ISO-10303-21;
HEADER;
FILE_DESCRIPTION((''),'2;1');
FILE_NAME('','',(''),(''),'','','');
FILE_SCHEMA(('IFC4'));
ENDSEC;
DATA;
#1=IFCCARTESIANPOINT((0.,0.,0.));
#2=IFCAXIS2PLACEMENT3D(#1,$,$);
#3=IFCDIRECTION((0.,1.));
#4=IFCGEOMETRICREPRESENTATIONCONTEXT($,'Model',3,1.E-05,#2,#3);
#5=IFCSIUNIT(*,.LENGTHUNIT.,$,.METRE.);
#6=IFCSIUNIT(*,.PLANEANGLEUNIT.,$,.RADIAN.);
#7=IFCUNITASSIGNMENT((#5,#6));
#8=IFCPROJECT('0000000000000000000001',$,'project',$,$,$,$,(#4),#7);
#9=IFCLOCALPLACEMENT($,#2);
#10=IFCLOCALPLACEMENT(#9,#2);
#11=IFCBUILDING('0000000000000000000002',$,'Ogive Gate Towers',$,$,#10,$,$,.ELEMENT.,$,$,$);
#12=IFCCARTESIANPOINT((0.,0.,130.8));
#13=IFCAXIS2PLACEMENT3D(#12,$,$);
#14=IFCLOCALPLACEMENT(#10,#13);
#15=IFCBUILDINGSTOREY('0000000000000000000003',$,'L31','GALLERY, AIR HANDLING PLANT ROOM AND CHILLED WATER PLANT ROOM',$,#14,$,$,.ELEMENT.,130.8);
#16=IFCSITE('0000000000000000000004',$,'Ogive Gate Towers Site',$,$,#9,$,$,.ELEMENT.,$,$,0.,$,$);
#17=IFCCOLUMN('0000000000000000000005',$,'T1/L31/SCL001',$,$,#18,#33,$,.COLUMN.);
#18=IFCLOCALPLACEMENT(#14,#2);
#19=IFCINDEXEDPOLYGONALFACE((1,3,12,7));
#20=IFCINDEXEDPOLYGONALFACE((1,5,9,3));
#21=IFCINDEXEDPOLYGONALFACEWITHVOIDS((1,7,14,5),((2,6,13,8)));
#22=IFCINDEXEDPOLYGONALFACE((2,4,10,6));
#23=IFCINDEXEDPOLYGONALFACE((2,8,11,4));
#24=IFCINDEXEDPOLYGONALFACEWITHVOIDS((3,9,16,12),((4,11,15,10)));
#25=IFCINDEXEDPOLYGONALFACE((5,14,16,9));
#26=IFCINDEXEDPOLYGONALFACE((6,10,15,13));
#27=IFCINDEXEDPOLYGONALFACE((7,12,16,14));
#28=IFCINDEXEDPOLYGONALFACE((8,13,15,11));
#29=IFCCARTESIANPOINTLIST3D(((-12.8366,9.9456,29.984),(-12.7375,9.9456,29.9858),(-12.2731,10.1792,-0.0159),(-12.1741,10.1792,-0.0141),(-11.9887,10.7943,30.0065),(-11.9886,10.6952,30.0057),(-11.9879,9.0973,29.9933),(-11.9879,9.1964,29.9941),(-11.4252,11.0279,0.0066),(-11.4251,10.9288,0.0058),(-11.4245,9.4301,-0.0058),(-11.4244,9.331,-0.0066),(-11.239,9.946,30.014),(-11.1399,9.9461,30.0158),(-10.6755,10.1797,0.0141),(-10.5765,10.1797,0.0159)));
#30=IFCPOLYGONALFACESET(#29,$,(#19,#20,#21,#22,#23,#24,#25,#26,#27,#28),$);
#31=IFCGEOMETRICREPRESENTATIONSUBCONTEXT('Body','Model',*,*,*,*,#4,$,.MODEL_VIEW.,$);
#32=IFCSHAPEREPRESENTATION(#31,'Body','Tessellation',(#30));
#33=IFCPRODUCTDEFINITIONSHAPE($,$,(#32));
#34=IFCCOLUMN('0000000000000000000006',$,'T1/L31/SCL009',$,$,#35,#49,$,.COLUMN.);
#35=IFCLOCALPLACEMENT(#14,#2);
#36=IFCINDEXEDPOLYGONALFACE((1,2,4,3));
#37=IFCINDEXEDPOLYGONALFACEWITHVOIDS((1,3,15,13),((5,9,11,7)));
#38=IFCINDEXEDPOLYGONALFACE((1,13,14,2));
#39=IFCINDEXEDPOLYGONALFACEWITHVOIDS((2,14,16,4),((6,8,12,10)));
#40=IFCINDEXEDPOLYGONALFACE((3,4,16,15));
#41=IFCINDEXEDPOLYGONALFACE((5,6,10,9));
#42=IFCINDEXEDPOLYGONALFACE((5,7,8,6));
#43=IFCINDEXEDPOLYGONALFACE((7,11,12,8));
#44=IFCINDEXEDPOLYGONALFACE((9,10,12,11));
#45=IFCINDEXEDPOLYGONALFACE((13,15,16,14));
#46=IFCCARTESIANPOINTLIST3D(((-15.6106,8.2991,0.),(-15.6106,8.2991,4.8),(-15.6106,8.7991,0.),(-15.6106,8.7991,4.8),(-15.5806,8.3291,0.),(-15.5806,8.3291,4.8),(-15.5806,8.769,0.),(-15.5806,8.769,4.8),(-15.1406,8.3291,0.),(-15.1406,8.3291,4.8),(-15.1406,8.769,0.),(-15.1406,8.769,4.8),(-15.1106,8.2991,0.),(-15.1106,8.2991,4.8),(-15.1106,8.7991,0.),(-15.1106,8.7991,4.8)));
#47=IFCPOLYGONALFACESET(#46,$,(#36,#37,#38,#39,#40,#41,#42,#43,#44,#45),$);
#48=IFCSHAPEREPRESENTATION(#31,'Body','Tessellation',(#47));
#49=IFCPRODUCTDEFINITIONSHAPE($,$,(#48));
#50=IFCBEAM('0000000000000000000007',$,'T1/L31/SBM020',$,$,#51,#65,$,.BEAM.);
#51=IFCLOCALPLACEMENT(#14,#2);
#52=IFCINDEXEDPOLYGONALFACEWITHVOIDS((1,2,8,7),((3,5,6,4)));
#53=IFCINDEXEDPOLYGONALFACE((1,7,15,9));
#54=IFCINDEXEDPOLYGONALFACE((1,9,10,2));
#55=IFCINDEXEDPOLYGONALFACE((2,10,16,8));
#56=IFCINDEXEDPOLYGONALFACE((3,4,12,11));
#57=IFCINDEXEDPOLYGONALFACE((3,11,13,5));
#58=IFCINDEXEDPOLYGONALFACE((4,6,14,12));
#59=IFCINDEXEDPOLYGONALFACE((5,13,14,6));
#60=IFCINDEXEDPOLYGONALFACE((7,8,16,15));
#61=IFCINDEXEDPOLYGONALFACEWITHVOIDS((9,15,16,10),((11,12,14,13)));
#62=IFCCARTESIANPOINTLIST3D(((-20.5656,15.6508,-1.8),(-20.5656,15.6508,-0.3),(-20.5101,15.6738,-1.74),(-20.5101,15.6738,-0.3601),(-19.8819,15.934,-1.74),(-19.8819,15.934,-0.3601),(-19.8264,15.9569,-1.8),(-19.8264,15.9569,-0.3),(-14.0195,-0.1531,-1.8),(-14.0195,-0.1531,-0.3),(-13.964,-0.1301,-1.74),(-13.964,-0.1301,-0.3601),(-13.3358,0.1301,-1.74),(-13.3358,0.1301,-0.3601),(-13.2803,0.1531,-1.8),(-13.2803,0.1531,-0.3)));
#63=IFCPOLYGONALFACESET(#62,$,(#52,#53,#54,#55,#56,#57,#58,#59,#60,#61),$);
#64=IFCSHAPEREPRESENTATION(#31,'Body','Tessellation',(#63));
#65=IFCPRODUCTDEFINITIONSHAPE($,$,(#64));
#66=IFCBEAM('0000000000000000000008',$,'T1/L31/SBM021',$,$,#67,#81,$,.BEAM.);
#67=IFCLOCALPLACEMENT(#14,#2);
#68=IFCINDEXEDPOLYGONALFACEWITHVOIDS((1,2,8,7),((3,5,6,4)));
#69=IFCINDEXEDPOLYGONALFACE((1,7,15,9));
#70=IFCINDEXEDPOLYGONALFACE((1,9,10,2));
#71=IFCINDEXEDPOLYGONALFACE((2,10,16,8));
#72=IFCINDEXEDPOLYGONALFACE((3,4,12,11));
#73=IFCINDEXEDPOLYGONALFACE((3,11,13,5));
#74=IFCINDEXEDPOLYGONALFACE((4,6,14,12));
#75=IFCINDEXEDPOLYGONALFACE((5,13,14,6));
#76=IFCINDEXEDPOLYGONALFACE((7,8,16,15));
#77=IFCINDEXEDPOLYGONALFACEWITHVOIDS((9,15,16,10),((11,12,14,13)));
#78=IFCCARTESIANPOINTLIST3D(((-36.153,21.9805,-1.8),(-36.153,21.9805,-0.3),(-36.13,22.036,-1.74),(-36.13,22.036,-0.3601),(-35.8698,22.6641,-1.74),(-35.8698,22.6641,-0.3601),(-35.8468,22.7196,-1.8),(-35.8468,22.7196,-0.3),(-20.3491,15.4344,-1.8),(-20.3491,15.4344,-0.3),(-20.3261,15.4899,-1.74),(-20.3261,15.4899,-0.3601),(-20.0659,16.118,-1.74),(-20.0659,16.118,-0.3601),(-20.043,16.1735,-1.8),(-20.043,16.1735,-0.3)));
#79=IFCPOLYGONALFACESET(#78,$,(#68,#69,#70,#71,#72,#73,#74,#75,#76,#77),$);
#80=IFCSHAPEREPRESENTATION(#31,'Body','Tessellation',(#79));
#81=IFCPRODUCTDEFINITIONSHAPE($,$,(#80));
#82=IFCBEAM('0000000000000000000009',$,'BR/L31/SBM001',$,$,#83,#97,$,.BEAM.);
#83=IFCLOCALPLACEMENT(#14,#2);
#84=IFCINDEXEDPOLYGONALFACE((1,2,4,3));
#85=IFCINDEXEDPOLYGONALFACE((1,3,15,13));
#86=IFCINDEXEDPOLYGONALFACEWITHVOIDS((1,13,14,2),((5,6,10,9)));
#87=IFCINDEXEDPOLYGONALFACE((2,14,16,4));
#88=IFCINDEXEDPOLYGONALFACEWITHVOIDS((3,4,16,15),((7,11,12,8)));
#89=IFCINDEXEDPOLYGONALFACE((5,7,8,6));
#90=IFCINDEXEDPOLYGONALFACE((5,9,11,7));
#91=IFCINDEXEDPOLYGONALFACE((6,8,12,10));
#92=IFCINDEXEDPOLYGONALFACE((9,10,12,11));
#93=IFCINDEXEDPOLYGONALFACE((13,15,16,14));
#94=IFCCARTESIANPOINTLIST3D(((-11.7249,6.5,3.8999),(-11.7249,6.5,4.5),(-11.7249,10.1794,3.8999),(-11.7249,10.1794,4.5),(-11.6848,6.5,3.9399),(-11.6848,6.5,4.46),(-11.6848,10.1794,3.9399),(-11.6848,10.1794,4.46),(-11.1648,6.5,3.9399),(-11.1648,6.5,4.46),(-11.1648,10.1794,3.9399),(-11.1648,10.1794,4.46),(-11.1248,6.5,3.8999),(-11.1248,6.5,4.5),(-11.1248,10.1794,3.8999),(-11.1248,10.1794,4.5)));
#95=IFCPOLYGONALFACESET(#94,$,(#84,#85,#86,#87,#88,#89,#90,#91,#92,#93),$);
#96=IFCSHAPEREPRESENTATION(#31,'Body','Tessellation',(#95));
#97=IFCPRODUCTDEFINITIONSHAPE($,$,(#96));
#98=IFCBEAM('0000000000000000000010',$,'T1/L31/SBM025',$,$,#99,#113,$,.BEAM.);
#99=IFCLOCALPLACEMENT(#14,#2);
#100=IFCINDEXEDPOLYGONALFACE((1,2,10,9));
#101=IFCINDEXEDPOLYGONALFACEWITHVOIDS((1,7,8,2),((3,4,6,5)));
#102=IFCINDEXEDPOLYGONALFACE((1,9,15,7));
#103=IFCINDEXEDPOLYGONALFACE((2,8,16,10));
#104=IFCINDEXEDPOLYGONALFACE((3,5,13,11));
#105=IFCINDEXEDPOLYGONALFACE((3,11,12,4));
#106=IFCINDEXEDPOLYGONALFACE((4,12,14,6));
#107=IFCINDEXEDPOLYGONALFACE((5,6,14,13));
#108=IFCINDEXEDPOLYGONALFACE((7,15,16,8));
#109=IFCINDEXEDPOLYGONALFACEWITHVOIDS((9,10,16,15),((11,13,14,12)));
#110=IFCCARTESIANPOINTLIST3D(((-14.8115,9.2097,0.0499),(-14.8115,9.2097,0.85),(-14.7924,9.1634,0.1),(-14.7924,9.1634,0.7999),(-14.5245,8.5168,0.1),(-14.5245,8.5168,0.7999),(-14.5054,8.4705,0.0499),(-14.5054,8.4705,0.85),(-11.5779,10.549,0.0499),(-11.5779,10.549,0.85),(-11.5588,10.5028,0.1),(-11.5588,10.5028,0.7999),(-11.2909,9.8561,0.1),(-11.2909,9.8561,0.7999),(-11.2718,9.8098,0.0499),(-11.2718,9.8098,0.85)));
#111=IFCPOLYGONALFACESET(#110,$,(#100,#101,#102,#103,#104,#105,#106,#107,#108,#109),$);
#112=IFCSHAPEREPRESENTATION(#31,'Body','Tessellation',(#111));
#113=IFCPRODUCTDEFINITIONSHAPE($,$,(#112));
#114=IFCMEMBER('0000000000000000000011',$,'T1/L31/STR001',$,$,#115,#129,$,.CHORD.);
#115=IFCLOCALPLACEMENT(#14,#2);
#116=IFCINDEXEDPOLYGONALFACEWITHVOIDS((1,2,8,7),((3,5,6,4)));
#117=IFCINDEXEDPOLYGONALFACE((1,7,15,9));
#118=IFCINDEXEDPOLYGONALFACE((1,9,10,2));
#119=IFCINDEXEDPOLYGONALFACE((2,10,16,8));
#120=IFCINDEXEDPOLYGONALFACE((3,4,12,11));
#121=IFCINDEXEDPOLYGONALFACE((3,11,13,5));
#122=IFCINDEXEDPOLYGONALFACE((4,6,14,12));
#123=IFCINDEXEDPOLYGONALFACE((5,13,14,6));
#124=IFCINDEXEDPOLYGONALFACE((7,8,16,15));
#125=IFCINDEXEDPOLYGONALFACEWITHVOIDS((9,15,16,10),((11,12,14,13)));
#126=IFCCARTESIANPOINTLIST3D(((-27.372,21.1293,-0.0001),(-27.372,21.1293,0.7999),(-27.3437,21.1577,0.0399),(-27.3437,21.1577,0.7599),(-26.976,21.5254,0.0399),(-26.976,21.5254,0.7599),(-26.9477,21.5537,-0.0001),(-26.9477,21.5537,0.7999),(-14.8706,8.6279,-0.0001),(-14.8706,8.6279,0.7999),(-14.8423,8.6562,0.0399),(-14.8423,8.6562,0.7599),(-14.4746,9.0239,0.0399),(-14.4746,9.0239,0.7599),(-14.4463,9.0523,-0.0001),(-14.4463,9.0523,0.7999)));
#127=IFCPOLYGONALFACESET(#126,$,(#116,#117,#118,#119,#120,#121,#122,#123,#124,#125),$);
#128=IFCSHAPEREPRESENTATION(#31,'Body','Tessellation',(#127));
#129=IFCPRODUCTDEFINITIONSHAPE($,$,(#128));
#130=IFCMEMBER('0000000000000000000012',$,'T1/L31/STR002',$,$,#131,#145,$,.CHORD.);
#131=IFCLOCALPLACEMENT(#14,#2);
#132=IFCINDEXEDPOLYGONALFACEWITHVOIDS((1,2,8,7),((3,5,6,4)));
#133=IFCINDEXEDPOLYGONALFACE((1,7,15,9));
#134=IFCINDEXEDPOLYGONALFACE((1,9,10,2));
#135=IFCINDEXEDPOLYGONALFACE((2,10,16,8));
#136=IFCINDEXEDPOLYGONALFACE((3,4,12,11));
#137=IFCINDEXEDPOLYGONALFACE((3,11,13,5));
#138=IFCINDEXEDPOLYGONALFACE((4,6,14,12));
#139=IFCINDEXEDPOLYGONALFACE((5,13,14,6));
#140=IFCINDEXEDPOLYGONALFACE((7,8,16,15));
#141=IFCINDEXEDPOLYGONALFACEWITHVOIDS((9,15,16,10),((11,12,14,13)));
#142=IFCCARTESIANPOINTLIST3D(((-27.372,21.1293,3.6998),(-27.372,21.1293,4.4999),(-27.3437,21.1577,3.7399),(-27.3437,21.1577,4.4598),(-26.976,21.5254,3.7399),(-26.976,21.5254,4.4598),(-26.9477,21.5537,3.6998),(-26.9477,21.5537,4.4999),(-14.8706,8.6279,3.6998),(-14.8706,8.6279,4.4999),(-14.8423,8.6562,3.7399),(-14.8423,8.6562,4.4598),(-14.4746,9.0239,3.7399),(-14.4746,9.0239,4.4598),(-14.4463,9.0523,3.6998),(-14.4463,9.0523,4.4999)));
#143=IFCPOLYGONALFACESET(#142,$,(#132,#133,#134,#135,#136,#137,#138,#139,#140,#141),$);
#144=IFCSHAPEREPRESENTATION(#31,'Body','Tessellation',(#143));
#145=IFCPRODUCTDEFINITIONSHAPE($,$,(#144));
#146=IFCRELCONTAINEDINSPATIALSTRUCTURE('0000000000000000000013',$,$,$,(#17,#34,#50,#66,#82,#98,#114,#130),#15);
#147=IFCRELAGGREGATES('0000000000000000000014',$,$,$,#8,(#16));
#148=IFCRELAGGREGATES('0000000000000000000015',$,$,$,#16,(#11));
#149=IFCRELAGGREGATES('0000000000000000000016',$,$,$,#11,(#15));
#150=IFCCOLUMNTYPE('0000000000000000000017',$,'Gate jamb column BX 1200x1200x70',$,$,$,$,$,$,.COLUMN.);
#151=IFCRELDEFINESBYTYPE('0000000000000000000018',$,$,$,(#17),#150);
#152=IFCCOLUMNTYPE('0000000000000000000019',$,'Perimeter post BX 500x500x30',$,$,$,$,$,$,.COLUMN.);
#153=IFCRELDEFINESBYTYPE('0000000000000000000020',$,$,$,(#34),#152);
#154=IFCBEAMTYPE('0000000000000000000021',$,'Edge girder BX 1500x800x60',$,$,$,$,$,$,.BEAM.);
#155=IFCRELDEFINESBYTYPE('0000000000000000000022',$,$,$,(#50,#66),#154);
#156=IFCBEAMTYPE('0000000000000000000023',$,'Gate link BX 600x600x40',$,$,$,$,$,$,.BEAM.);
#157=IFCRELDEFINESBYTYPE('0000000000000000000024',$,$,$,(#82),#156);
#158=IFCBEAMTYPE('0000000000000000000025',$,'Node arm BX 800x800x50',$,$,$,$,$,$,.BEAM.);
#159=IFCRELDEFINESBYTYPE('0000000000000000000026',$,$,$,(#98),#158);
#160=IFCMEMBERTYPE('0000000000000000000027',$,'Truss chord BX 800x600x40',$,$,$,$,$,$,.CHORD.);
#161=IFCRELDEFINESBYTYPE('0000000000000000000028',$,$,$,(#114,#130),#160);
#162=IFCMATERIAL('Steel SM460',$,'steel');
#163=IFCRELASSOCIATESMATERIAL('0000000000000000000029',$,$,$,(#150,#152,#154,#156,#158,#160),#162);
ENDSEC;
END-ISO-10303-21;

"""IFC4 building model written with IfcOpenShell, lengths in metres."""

from ifc_helpers import new_model, si_unit, direction, frame, origin, origin_2d, place, context, subcontext, project, spatial, hollow_rectangle, extrude, material, material_profile, profile_set, type_object, element, save


model = new_model("IFC4")

# Units and contexts
model_context = context("Model", 3, precision=1e-05, world=origin(), true_north=direction((0.0, 1.0)))
body_context = subcontext(model_context, "Body", "Model", "MODEL_VIEW")
ifc_project = project(units=[si_unit("LENGTHUNIT", "METRE"), si_unit("PLANEANGLEUNIT", "RADIAN")], contexts=[model_context])

# Site, building, storey
site_placement = place(None, origin())
site = spatial("IfcSite", under=ifc_project, at=site_placement, Name="Ogive Gate Towers Site", CompositionType="ELEMENT", RefElevation=0.0)
building_placement = place(site_placement, origin())
building = spatial("IfcBuilding", under=site, at=building_placement, Name="Ogive Gate Towers", CompositionType="ELEMENT")
storey_placement = place(building_placement, frame((0.0, 0.0, 130.8)))
storey = spatial("IfcBuildingStorey", under=building, at=storey_placement, Name="L31", Description="GALLERY, AIR HANDLING PLANT ROOM AND CHILLED WATER PLANT ROOM", CompositionType="ELEMENT", Elevation=130.8)

# Columns
ifc_material_1 = material(Name="Steel SM460", Category="steel")
ifc_material_profile_1 = material_profile(ifc_material_1, hollow_rectangle(XDim=1.2, YDim=1.2, WallThickness=0.0701, at=origin_2d()), Name="BX 1200x1200x70")
ifc_profile_set_1 = profile_set([ifc_material_profile_1], Name="Steel SM460")
column_type_1 = type_object("IfcColumnType", Name="Gate jamb column BX 1200x1200x70", PredefinedType="COLUMN", material=ifc_profile_set_1)
column_1_placement = place(storey_placement, frame((-11.4248, 10.1794, 0.0), z_axis=(-0.018779, -0.007786, 0.999793), x_axis=(0.707294, -0.706877, 0.00778)))
element("IfcColumn", 1, at=column_1_placement, inside=storey, type_object=column_type_1, Name="T1/L31/SCL001", PredefinedType="COLUMN", context=body_context, shape_type="SweptSolid", body=[
    extrude(hollow_rectangle(XDim=1.2, YDim=1.2, WallThickness=0.0701, at=origin_2d()), origin(), (0.0, 0.0, 1.0), 30.0061),
])
ifc_material_profile_2 = material_profile(ifc_material_1, hollow_rectangle(XDim=0.5, YDim=0.5, WallThickness=0.03, at=origin_2d()), Name="BX 500x500x30")
ifc_profile_set_2 = profile_set([ifc_material_profile_2], Name="Steel SM460")
column_type_2 = type_object("IfcColumnType", Name="Perimeter post BX 500x500x30", PredefinedType="COLUMN", material=ifc_profile_set_2)
column_2_placement = place(storey_placement, frame((-15.3606, 8.5491, 0.0), z_axis=(0.0, 0.0, 1.0), x_axis=(1.0, 0.0, 0.0)))
element("IfcColumn", 2, at=column_2_placement, inside=storey, type_object=column_type_2, Name="T1/L31/SCL009", PredefinedType="COLUMN", context=body_context, shape_type="SweptSolid", body=[
    extrude(hollow_rectangle(XDim=0.5, YDim=0.5, WallThickness=0.03, at=origin_2d()), origin(), (0.0, 0.0, 1.0), 4.8),
])

# Beams
ifc_material_profile_3 = material_profile(ifc_material_1, hollow_rectangle(XDim=0.8, YDim=1.5, WallThickness=0.0601, at=origin_2d()), Name="BX 1500x800x60")
ifc_profile_set_3 = profile_set([ifc_material_profile_3], Name="Steel SM460")
beam_type_1 = type_object("IfcBeamType", Name="Edge girder BX 1500x800x60", PredefinedType="BEAM", material=ifc_profile_set_3)
for number, where, z_axis, x_axis, name in (
    (3, (-13.6499, 0.0, -1.05), (-0.38268, 0.923881, 0.0), (-0.923881, -0.38268, 0.0), "T1/L31/SBM020"),
    (4, (-20.196, 15.804, -1.05), (-0.923881, 0.38268, 0.0), (-0.38268, -0.923881, 0.0), "T1/L31/SBM021"),
):
    element("IfcBeam", number, at=place(storey_placement, frame(where, z_axis=z_axis, x_axis=x_axis)), inside=storey, type_object=beam_type_1, Name=name, PredefinedType="BEAM", context=body_context, shape_type="SweptSolid", body=[
        extrude(hollow_rectangle(XDim=0.8, YDim=1.5, WallThickness=0.0601, at=origin_2d()), origin(), (0.0, 0.0, 1.0), 17.106),
    ])
ifc_material_profile_4 = material_profile(ifc_material_1, hollow_rectangle(XDim=0.6001, YDim=0.6001, WallThickness=0.04, at=origin_2d()), Name="BX 600x600x40")
ifc_profile_set_4 = profile_set([ifc_material_profile_4], Name="Steel SM460")
beam_type_2 = type_object("IfcBeamType", Name="Gate link BX 600x600x40", PredefinedType="BEAM", material=ifc_profile_set_4)
beam_1_placement = place(storey_placement, frame((-11.4248, 6.5, 4.2), z_axis=(0.0, 1.0, 0.0), x_axis=(-1.0, 0.0, 0.0)))
element("IfcBeam", 5, at=beam_1_placement, inside=storey, type_object=beam_type_2, Name="BR/L31/SBM001", PredefinedType="BEAM", context=body_context, shape_type="SweptSolid", body=[
    extrude(hollow_rectangle(XDim=0.6001, YDim=0.6001, WallThickness=0.04, at=origin_2d()), origin(), (0.0, 0.0, 1.0), 3.6794),
])
ifc_material_profile_5 = material_profile(ifc_material_1, hollow_rectangle(XDim=0.8, YDim=0.8, WallThickness=0.05, at=origin_2d()), Name="BX 800x800x50")
ifc_profile_set_5 = profile_set([ifc_material_profile_5], Name="Steel SM460")
beam_type_3 = type_object("IfcBeamType", Name="Node arm BX 800x800x50", PredefinedType="BEAM", material=ifc_profile_set_5)
beam_2_placement = place(storey_placement, frame((-14.6584, 8.8401, 0.45), z_axis=(0.923886, 0.382668, 0.0), x_axis=(-0.382668, 0.923886, 0.0)))
element("IfcBeam", 6, at=beam_2_placement, inside=storey, type_object=beam_type_3, Name="T1/L31/SBM025", PredefinedType="BEAM", context=body_context, shape_type="SweptSolid", body=[
    extrude(hollow_rectangle(XDim=0.8, YDim=0.8, WallThickness=0.05, at=origin_2d()), origin(), (0.0, 0.0, 1.0), 3.5),
])

# Members
ifc_material_profile_6 = material_profile(ifc_material_1, hollow_rectangle(XDim=0.6001, YDim=0.8, WallThickness=0.04, at=origin_2d()), Name="BX 800x600x40")
ifc_profile_set_6 = profile_set([ifc_material_profile_6], Name="Steel SM460")
member_type_1 = type_object("IfcMemberType", Name="Truss chord BX 800x600x40", PredefinedType="CHORD", material=ifc_profile_set_6)
for number, where, z_axis, x_axis, name in (
    (7, (-14.6584, 8.8401, 0.3999), (-0.707107, 0.707107, 0.0), (-0.707107, -0.707107, 0.0), "T1/L31/STR001"),
    (8, (-14.6584, 8.8401, 4.0999), (-0.707107, 0.707107, 0.0), (-0.707107, -0.707107, 0.0), "T1/L31/STR002"),
):
    element("IfcMember", number, at=place(storey_placement, frame(where, z_axis=z_axis, x_axis=x_axis)), inside=storey, type_object=member_type_1, Name=name, PredefinedType="CHORD", context=body_context, shape_type="SweptSolid", body=[
        extrude(hollow_rectangle(XDim=0.6001, YDim=0.8, WallThickness=0.04, at=origin_2d()), origin(), (0.0, 0.0, 1.0), 17.6797),
    ])

save(model, "model.ifc")
